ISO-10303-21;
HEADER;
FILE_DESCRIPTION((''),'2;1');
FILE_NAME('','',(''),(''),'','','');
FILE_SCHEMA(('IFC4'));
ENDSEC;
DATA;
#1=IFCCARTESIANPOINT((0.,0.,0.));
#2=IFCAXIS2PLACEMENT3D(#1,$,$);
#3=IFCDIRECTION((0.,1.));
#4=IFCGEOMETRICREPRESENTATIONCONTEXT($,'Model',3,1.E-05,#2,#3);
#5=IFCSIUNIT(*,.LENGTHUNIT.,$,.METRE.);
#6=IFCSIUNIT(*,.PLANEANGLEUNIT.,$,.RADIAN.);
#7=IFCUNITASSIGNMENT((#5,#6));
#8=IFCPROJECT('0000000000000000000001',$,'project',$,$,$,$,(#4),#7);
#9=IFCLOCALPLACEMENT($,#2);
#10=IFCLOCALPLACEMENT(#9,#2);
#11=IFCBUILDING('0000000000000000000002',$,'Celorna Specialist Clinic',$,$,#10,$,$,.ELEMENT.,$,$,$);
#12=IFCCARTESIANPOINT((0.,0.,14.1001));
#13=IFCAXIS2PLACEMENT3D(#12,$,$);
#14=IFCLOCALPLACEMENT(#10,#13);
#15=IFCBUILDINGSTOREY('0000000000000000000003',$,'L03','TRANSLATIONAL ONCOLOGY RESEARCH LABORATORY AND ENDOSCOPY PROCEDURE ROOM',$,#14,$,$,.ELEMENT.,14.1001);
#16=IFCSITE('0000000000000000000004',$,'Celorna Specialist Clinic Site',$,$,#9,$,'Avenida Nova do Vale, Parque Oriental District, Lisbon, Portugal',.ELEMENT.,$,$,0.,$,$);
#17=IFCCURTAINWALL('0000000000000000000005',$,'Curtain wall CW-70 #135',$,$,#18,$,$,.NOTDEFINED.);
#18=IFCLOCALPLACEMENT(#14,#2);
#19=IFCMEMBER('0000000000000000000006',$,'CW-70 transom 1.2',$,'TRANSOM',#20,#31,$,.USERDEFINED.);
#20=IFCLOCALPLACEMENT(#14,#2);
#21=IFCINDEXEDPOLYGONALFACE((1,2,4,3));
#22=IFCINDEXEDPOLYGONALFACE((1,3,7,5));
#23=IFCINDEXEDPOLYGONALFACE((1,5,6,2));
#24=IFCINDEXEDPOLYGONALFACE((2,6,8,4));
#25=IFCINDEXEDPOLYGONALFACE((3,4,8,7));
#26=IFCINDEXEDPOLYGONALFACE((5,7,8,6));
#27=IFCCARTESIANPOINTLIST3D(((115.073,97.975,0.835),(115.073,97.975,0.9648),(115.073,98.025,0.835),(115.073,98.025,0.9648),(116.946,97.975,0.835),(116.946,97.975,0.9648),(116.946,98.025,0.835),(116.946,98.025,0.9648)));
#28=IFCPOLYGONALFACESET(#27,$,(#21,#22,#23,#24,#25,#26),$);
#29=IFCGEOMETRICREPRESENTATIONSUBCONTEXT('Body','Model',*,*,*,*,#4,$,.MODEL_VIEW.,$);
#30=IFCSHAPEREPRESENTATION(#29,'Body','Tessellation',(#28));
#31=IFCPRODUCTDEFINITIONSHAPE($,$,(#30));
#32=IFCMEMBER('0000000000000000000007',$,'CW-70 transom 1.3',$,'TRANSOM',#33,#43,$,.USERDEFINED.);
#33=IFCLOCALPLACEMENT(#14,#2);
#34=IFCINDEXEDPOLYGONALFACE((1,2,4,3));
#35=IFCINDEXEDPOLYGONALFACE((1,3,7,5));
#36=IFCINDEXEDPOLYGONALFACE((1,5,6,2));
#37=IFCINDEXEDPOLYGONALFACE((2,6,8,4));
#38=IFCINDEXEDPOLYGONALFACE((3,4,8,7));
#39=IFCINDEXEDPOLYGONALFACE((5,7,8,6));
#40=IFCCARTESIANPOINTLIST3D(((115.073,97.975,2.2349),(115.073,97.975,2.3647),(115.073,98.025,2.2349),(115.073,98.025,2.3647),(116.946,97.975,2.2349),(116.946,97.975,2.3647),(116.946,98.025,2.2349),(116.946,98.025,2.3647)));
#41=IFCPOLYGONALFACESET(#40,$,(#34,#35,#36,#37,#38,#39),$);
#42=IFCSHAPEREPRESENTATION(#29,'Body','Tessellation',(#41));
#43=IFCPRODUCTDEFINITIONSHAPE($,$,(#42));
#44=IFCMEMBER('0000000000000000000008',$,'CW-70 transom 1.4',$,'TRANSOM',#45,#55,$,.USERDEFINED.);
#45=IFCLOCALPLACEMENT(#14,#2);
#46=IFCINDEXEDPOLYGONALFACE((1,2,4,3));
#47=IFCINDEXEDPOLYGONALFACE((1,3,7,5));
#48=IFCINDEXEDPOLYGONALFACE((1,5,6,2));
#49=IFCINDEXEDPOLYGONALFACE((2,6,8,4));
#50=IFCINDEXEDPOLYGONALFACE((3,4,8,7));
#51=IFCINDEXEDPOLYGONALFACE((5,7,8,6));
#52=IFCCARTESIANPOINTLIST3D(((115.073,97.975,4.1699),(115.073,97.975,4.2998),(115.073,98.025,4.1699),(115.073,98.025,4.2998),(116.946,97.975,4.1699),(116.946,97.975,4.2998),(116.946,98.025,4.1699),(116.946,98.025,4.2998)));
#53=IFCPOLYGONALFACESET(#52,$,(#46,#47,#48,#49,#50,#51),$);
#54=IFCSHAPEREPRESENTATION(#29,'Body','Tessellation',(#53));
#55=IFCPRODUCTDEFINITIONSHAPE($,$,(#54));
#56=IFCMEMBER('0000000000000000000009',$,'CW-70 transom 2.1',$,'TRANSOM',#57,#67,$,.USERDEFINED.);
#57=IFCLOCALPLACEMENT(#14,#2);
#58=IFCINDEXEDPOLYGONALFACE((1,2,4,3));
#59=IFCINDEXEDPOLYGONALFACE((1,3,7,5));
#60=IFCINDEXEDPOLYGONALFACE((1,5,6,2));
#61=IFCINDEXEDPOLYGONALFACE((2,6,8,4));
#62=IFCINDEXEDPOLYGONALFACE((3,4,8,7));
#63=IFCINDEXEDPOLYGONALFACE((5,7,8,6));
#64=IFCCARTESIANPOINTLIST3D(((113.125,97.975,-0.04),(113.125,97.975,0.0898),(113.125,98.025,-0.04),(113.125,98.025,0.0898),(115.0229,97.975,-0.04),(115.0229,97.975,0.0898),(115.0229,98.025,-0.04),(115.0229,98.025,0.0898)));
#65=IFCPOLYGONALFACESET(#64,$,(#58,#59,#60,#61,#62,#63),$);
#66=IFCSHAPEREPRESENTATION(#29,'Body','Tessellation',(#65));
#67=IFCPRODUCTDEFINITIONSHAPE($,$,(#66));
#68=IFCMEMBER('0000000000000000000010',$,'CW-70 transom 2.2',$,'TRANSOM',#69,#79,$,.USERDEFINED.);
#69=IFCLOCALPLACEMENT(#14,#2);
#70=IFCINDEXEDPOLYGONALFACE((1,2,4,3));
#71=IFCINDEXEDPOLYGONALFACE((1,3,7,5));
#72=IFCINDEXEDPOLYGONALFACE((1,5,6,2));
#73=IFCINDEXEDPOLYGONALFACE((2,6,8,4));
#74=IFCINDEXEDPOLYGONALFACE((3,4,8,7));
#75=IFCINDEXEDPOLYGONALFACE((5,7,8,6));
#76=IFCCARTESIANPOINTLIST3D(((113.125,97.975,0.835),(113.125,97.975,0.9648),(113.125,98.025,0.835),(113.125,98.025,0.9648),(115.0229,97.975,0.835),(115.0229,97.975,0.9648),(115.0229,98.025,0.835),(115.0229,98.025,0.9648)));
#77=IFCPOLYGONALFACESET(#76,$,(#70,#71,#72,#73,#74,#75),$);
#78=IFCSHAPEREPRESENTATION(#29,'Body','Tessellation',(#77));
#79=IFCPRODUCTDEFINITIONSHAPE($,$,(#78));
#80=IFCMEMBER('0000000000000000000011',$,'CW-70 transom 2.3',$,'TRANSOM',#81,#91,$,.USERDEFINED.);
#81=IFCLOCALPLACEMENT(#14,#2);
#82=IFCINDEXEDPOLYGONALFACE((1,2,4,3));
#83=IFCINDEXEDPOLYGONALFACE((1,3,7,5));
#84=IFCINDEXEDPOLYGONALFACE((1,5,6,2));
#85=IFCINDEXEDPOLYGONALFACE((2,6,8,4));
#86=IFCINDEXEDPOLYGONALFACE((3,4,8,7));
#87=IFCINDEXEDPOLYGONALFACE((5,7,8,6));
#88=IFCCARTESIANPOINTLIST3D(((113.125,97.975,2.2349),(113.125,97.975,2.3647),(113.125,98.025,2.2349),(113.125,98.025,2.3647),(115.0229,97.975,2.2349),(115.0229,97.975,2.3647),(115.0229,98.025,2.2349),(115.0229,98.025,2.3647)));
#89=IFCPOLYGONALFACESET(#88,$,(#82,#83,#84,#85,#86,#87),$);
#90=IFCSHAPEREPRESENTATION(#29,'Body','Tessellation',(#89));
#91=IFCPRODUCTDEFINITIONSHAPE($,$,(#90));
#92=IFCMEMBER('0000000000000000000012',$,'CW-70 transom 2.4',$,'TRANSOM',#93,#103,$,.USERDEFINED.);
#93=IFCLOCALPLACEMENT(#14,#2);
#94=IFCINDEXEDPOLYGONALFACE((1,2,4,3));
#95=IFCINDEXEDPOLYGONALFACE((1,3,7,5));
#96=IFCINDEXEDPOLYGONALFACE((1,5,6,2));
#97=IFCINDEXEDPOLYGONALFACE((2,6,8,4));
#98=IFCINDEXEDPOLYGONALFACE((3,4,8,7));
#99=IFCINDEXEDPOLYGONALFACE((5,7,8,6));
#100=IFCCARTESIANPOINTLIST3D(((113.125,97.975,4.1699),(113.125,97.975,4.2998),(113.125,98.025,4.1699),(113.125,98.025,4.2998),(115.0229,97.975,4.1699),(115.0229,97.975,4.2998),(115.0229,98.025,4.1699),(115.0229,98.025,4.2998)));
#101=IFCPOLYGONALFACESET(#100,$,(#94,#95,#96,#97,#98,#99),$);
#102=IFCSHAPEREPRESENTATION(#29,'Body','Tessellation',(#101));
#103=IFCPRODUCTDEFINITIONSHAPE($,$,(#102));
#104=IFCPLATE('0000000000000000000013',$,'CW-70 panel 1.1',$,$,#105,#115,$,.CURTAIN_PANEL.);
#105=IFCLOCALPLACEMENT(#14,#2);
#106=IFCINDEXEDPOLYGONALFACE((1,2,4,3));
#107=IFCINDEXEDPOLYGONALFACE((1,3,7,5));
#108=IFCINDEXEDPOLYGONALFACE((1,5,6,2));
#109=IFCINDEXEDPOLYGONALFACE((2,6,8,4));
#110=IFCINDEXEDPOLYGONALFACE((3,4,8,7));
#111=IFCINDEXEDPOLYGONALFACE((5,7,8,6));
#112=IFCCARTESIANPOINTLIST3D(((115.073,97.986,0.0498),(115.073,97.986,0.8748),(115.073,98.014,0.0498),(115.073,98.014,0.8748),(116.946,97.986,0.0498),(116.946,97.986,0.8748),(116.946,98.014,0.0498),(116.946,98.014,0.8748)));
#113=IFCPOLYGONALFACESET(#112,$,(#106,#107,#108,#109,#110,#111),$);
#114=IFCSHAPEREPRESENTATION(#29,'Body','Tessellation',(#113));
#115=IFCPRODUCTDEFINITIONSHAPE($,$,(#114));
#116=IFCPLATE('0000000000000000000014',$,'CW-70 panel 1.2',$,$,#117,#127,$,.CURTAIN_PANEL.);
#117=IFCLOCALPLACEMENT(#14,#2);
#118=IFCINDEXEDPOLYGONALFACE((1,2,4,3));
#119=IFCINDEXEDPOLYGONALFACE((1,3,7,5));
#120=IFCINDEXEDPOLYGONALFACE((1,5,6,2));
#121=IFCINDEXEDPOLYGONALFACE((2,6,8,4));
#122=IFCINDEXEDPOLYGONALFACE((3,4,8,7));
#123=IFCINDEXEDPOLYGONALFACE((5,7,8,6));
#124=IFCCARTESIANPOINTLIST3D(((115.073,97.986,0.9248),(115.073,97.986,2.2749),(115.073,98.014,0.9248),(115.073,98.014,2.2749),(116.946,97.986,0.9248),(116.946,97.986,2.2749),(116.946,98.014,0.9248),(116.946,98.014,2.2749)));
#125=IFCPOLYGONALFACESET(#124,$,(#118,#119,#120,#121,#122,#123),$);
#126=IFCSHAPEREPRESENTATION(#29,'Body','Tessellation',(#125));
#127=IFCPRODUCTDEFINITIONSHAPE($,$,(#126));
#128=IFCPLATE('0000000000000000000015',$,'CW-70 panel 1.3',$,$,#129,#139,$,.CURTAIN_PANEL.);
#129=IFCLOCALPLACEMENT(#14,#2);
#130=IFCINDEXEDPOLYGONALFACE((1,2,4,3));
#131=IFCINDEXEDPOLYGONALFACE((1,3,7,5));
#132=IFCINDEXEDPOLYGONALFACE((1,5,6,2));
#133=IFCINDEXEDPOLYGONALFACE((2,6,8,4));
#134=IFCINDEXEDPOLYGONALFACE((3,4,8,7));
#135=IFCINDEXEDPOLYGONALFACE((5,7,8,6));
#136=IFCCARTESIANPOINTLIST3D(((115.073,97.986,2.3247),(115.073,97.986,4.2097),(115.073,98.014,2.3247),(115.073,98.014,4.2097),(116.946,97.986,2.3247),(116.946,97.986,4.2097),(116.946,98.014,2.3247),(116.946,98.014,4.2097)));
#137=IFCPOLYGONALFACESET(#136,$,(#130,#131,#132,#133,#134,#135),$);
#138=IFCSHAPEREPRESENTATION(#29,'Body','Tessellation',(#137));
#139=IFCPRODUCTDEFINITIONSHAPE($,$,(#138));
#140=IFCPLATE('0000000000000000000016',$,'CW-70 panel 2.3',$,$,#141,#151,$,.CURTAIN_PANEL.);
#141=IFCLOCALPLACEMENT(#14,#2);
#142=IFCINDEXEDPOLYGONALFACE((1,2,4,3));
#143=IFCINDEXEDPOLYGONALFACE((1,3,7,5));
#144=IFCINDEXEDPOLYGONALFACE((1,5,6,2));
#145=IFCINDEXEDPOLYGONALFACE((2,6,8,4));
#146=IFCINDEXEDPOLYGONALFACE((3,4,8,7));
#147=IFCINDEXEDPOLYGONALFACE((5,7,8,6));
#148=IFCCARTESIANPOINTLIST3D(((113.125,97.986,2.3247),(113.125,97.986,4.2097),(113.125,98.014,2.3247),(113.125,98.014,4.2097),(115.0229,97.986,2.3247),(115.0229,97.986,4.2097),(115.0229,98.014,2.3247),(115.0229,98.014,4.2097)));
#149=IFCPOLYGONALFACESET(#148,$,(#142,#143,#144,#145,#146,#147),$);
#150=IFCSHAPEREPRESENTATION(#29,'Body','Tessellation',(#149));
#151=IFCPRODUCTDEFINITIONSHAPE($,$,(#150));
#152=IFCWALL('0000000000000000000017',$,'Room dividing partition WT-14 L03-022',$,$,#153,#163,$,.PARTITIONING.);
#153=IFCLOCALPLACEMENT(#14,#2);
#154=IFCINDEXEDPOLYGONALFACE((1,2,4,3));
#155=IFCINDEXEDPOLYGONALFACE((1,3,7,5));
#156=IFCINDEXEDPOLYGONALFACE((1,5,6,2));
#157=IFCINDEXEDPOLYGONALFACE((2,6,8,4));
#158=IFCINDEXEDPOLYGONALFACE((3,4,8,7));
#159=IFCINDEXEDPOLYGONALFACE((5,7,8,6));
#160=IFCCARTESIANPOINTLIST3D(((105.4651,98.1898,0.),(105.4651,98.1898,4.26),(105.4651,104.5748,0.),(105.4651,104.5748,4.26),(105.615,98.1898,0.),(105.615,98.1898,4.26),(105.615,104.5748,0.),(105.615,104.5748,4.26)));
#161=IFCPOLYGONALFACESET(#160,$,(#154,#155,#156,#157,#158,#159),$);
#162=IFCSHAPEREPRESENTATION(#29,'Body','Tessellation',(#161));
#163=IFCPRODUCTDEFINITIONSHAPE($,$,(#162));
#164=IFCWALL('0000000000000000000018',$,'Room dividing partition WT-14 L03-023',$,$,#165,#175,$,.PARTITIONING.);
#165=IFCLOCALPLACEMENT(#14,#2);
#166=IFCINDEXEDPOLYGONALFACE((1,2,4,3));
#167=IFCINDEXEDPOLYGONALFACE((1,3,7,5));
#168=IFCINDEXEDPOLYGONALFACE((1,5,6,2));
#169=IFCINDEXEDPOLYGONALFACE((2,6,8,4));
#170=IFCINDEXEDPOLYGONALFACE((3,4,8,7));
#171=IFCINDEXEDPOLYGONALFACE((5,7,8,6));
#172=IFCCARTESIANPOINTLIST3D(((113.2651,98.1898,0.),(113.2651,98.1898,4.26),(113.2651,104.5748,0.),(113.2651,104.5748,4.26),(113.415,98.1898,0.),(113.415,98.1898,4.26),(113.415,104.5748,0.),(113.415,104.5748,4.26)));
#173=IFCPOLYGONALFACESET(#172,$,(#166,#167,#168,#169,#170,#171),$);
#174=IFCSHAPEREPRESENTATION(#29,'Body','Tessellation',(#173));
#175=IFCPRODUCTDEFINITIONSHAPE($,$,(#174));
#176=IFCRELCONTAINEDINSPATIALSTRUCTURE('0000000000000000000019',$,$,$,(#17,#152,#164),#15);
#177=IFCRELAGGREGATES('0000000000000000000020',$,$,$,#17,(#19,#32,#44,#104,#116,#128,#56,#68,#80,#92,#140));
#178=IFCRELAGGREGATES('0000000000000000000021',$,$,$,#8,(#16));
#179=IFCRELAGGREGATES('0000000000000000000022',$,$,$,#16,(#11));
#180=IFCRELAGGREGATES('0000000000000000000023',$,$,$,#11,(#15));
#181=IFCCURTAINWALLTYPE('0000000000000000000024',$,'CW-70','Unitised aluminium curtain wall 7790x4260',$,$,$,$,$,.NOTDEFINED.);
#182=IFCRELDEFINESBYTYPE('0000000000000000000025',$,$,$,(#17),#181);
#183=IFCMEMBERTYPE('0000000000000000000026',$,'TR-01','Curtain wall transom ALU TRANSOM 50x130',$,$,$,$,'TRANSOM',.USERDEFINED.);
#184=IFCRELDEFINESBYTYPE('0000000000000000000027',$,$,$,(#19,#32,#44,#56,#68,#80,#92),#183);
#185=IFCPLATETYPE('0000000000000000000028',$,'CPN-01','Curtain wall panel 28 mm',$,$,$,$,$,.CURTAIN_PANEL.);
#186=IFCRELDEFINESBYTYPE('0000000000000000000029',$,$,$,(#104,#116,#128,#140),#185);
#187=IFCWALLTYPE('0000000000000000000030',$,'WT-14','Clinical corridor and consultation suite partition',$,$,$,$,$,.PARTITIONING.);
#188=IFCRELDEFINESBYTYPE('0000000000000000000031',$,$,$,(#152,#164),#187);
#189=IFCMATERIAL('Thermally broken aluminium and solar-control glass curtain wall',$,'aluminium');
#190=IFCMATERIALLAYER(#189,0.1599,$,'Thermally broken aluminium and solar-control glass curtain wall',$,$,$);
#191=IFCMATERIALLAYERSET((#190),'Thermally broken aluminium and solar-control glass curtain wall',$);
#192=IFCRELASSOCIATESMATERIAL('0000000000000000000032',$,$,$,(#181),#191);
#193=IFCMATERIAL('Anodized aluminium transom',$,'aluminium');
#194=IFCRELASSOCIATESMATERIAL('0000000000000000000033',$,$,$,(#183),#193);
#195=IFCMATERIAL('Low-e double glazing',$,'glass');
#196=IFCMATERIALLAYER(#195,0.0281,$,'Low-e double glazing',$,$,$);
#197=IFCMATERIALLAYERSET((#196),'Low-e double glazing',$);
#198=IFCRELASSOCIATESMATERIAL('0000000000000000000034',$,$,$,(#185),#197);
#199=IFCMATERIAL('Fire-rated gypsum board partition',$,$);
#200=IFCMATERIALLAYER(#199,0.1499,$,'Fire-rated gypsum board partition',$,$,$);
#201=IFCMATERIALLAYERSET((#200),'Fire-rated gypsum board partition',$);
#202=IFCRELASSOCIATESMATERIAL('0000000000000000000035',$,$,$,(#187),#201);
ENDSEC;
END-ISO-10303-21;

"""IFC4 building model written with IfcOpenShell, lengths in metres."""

from ifc_helpers import new_model, si_unit, direction, frame, frame_2d, origin, origin_2d, place, context, subcontext, project, spatial, rectangle, extrude, material, layer, layer_set, material_profile, profile_set, type_object, element, aggregate, save


model = new_model("IFC4")

# Units and contexts
model_context = context("Model", 3, precision=1e-05, world=origin(), true_north=direction((0.0, 1.0)))
body_context = subcontext(model_context, "Body", "Model", "MODEL_VIEW")
ifc_project = project(units=[si_unit("LENGTHUNIT", "METRE"), si_unit("PLANEANGLEUNIT", "RADIAN")], contexts=[model_context])

# Site, building, storey
site_placement = place(None, origin())
site = spatial("IfcSite", under=ifc_project, at=site_placement, Name="Celorna Specialist Clinic Site", LongName="Avenida Nova do Vale, Parque Oriental District, Lisbon, Portugal", CompositionType="ELEMENT", RefElevation=0.0)
building_placement = place(site_placement, origin())
building = spatial("IfcBuilding", under=site, at=building_placement, Name="Celorna Specialist Clinic", CompositionType="ELEMENT")
storey_placement = place(building_placement, frame((0.0, 0.0, 14.1001)))
storey = spatial("IfcBuildingStorey", under=building, at=storey_placement, Name="L03", Description="TRANSLATIONAL ONCOLOGY RESEARCH LABORATORY AND ENDOSCOPY PROCEDURE ROOM", CompositionType="ELEMENT", Elevation=14.1001)

# Curtain wall, members, plates
ifc_material_1 = material(Name="Thermally broken aluminium and solar-control glass curtain wall", Category="aluminium")
ifc_layer_1 = layer(ifc_material_1, 0.1599, Name="Thermally broken aluminium and solar-control glass curtain wall")
ifc_layer_set_1 = layer_set([ifc_layer_1], Name="Thermally broken aluminium and solar-control glass curtain wall")
curtain_wall_type = type_object("IfcCurtainWallType", Name="CW-70", Description="Unitised aluminium curtain wall 7790x4260", PredefinedType="NOTDEFINED", material=ifc_layer_set_1)
curtain_wall_placement = place(storey_placement, origin())
curtain_wall = element("IfcCurtainWall", 1, at=curtain_wall_placement, inside=storey, type_object=curtain_wall_type, Name="Curtain wall CW-70 #135", PredefinedType="NOTDEFINED")
ifc_material_2 = material(Name="Anodized aluminium transom", Category="aluminium")
ifc_material_profile_1 = material_profile(ifc_material_2, rectangle(XDim=0.05, YDim=0.1299, at=origin_2d()), Name="ALU TRANSOM 50x130")
ifc_profile_set_1 = profile_set([ifc_material_profile_1], Name="Anodized aluminium transom")
member_type_1 = type_object("IfcMemberType", Name="TR-01", Description="Curtain wall transom ALU TRANSOM 50x130", ElementType="TRANSOM", PredefinedType="USERDEFINED", material=ifc_profile_set_1)
member_1_placement = place(storey_placement, frame((116.946, 98.0, 0.8999), z_axis=(-1.0, 0.0, 0.0), x_axis=(0.0, -1.0, 0.0)))
member_1 = element("IfcMember", 2, at=member_1_placement, type_object=member_type_1, Name="CW-70 transom 1.2", ObjectType="TRANSOM", PredefinedType="USERDEFINED", context=body_context, shape_type="SweptSolid", body=[
    extrude(rectangle(XDim=0.05, YDim=0.1299, at=origin_2d()), origin(), (0.0, 0.0, 1.0), 1.873),
])
member_2_placement = place(storey_placement, frame((116.946, 98.0, 2.2998), z_axis=(-1.0, 0.0, 0.0), x_axis=(0.0, -1.0, 0.0)))
member_2 = element("IfcMember", 3, at=member_2_placement, type_object=member_type_1, Name="CW-70 transom 1.3", ObjectType="TRANSOM", PredefinedType="USERDEFINED", context=body_context, shape_type="SweptSolid", body=[
    extrude(rectangle(XDim=0.05, YDim=0.1299, at=origin_2d()), origin(), (0.0, 0.0, 1.0), 1.873),
])
member_3_placement = place(storey_placement, frame((116.946, 98.0, 4.2349), z_axis=(-1.0, 0.0, 0.0), x_axis=(0.0, -1.0, 0.0)))
member_3 = element("IfcMember", 4, at=member_3_placement, type_object=member_type_1, Name="CW-70 transom 1.4", ObjectType="TRANSOM", PredefinedType="USERDEFINED", context=body_context, shape_type="SweptSolid", body=[
    extrude(rectangle(XDim=0.05, YDim=0.1299, at=origin_2d()), origin(), (0.0, 0.0, 1.0), 1.873),
])
member_4_placement = place(storey_placement, frame((115.0229, 98.0, 0.0249), z_axis=(-1.0, 0.0, 0.0), x_axis=(0.0, -1.0, 0.0)))
member_4 = element("IfcMember", 5, at=member_4_placement, type_object=member_type_1, Name="CW-70 transom 2.1", ObjectType="TRANSOM", PredefinedType="USERDEFINED", context=body_context, shape_type="SweptSolid", body=[
    extrude(rectangle(XDim=0.05, YDim=0.1299, at=origin_2d()), origin(), (0.0, 0.0, 1.0), 1.8979),
])
member_5_placement = place(storey_placement, frame((115.0229, 98.0, 0.8999), z_axis=(-1.0, 0.0, 0.0), x_axis=(0.0, -1.0, 0.0)))
member_5 = element("IfcMember", 6, at=member_5_placement, type_object=member_type_1, Name="CW-70 transom 2.2", ObjectType="TRANSOM", PredefinedType="USERDEFINED", context=body_context, shape_type="SweptSolid", body=[
    extrude(rectangle(XDim=0.05, YDim=0.1299, at=origin_2d()), origin(), (0.0, 0.0, 1.0), 1.8979),
])
member_6_placement = place(storey_placement, frame((115.0229, 98.0, 2.2998), z_axis=(-1.0, 0.0, 0.0), x_axis=(0.0, -1.0, 0.0)))
member_6 = element("IfcMember", 7, at=member_6_placement, type_object=member_type_1, Name="CW-70 transom 2.3", ObjectType="TRANSOM", PredefinedType="USERDEFINED", context=body_context, shape_type="SweptSolid", body=[
    extrude(rectangle(XDim=0.05, YDim=0.1299, at=origin_2d()), origin(), (0.0, 0.0, 1.0), 1.8979),
])
member_7_placement = place(storey_placement, frame((115.0229, 98.0, 4.2349), z_axis=(-1.0, 0.0, 0.0), x_axis=(0.0, -1.0, 0.0)))
member_7 = element("IfcMember", 8, at=member_7_placement, type_object=member_type_1, Name="CW-70 transom 2.4", ObjectType="TRANSOM", PredefinedType="USERDEFINED", context=body_context, shape_type="SweptSolid", body=[
    extrude(rectangle(XDim=0.05, YDim=0.1299, at=origin_2d()), origin(), (0.0, 0.0, 1.0), 1.8979),
])
ifc_material_3 = material(Name="Low-e double glazing", Category="glass")
ifc_layer_2 = layer(ifc_material_3, 0.0281, Name="Low-e double glazing")
ifc_layer_set_2 = layer_set([ifc_layer_2], Name="Low-e double glazing")
plate_type = type_object("IfcPlateType", Name="CPN-01", Description="Curtain wall panel 28 mm", PredefinedType="CURTAIN_PANEL", material=ifc_layer_set_2)
plate_1_placement = place(storey_placement, frame((116.0095, 98.0, 0.0498), z_axis=(0.0, 0.0, 1.0), x_axis=(-1.0, 0.0, 0.0)))
plate_1 = element("IfcPlate", 9, at=plate_1_placement, type_object=plate_type, Name="CW-70 panel 1.1", PredefinedType="CURTAIN_PANEL", context=body_context, shape_type="SweptSolid", body=[
    extrude(rectangle(XDim=1.873, YDim=0.0281, at=origin_2d()), origin(), (0.0, 0.0, 1.0), 0.825),
])
plate_2_placement = place(storey_placement, frame((116.0095, 98.0, 0.9248), z_axis=(0.0, 0.0, 1.0), x_axis=(-1.0, 0.0, 0.0)))
plate_2 = element("IfcPlate", 10, at=plate_2_placement, type_object=plate_type, Name="CW-70 panel 1.2", PredefinedType="CURTAIN_PANEL", context=body_context, shape_type="SweptSolid", body=[
    extrude(rectangle(XDim=1.873, YDim=0.0281, at=origin_2d()), origin(), (0.0, 0.0, 1.0), 1.3501),
])
plate_3_placement = place(storey_placement, frame((116.0095, 98.0, 2.3247), z_axis=(0.0, 0.0, 1.0), x_axis=(-1.0, 0.0, 0.0)))
plate_3 = element("IfcPlate", 11, at=plate_3_placement, type_object=plate_type, Name="CW-70 panel 1.3", PredefinedType="CURTAIN_PANEL", context=body_context, shape_type="SweptSolid", body=[
    extrude(rectangle(XDim=1.873, YDim=0.0281, at=origin_2d()), origin(), (0.0, 0.0, 1.0), 1.885),
])
plate_4_placement = place(storey_placement, frame((114.074, 98.0, 2.3247), z_axis=(0.0, 0.0, 1.0), x_axis=(-1.0, 0.0, 0.0)))
plate_4 = element("IfcPlate", 12, at=plate_4_placement, type_object=plate_type, Name="CW-70 panel 2.3", PredefinedType="CURTAIN_PANEL", context=body_context, shape_type="SweptSolid", body=[
    extrude(rectangle(XDim=1.8979, YDim=0.0281, at=origin_2d()), origin(), (0.0, 0.0, 1.0), 1.885),
])
aggregate(curtain_wall, [member_1, member_2, member_3, plate_1, plate_2, plate_3, member_4, member_5, member_6, member_7, plate_4])

# Walls
ifc_material_4 = material(Name="Fire-rated gypsum board partition")
ifc_layer_3 = layer(ifc_material_4, 0.1499, Name="Fire-rated gypsum board partition")
ifc_layer_set_3 = layer_set([ifc_layer_3], Name="Fire-rated gypsum board partition")
wall_type = type_object("IfcWallType", Name="WT-14", Description="Clinical corridor and consultation suite partition", PredefinedType="PARTITIONING", material=ifc_layer_set_3)
for number, where, z_axis, x_axis, name in (
    (13, (105.54, 98.1899, 0.0), (0.0, 0.0, 1.0), (0.0, 1.0, 0.0), "Room dividing partition WT-14 L03-022"),
    (14, (113.3401, 98.1899, 0.0), (0.0, 0.0, 1.0), (0.0, 1.0, 0.0), "Room dividing partition WT-14 L03-023"),
):
    element("IfcWall", number, at=place(storey_placement, frame(where, z_axis=z_axis, x_axis=x_axis)), inside=storey, type_object=wall_type, Name=name, PredefinedType="PARTITIONING", context=body_context, shape_type="SweptSolid", body=[
        extrude(rectangle(XDim=6.385, YDim=0.1499, at=frame_2d((3.1924, 0.0))), origin(), (0.0, 0.0, 1.0), 4.26),
    ])

save(model, "model.ifc")
